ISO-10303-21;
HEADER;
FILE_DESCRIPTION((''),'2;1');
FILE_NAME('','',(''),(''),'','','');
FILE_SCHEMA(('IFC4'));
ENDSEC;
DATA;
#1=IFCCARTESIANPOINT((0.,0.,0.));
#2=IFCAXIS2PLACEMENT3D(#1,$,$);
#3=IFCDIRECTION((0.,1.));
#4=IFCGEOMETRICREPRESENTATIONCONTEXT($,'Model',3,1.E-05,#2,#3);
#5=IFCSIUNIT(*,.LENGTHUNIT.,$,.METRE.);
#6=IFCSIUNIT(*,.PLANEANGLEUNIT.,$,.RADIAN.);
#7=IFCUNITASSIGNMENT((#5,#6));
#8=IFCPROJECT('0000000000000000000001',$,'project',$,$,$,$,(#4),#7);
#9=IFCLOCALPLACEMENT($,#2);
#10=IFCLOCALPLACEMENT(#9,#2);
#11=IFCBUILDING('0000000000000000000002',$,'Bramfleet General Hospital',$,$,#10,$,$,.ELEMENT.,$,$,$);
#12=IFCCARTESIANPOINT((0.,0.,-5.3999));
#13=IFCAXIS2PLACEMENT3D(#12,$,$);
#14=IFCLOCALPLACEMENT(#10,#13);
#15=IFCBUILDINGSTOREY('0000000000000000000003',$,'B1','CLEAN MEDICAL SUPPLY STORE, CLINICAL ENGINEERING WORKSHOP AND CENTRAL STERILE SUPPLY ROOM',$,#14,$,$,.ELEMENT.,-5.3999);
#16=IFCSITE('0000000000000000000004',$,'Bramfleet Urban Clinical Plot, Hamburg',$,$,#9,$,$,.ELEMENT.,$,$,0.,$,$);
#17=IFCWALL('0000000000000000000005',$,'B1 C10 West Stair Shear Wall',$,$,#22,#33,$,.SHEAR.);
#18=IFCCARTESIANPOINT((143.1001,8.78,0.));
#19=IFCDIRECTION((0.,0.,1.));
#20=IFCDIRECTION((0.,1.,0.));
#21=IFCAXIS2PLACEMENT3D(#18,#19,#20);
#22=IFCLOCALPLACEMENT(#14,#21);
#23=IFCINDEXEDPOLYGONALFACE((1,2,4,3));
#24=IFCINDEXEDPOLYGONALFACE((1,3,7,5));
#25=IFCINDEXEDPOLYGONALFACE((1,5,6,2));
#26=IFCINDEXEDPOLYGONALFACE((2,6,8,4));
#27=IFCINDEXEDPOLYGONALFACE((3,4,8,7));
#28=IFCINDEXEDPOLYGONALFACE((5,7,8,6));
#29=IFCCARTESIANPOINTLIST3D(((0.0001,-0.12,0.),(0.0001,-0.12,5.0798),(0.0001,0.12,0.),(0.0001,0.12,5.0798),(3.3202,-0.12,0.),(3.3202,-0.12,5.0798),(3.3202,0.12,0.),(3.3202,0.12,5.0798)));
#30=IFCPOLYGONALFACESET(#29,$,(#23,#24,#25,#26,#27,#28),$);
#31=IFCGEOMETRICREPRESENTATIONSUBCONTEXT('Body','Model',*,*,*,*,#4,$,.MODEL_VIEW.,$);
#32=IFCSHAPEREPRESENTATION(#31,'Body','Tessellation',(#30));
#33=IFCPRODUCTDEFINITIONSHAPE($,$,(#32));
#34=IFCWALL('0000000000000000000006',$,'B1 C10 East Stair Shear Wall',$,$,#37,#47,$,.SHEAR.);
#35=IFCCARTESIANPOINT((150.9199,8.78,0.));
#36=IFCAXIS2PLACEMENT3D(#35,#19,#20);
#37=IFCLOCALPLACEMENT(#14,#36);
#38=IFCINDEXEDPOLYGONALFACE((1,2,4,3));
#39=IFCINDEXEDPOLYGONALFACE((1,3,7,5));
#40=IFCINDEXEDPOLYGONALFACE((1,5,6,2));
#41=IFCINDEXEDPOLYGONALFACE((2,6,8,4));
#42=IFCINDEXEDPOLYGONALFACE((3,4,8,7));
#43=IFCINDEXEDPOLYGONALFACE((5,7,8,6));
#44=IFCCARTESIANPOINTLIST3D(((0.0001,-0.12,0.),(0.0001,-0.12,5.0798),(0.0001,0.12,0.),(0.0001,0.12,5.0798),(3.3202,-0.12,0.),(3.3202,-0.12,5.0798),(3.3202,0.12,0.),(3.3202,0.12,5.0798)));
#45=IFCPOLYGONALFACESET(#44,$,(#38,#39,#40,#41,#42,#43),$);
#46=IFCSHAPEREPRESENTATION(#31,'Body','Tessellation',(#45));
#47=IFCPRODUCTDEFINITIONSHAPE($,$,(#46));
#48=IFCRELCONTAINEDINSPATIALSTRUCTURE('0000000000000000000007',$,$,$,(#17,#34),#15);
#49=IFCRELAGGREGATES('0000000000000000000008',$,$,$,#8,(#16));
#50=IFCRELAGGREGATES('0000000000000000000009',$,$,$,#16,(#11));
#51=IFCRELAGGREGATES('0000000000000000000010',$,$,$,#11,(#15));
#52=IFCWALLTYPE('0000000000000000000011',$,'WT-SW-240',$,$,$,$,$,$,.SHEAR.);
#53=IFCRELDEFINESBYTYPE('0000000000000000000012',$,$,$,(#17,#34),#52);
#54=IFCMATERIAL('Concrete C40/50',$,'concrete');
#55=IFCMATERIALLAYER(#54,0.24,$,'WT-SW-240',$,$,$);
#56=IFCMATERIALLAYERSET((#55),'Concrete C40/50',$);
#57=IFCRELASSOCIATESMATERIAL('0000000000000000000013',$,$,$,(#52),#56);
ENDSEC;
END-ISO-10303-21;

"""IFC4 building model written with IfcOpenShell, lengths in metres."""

from ifc_helpers import new_model, si_unit, direction, frame, frame_2d, origin, place, context, subcontext, project, spatial, rectangle, extrude, material, layer, layer_set, type_object, element, save


model = new_model("IFC4")

# Units and contexts
model_context = context("Model", 3, precision=1e-05, world=origin(), true_north=direction((0.0, 1.0)))
body_context = subcontext(model_context, "Body", "Model", "MODEL_VIEW")
ifc_project = project(units=[si_unit("LENGTHUNIT", "METRE"), si_unit("PLANEANGLEUNIT", "RADIAN")], contexts=[model_context])

# Site, building, storey
site_placement = place(None, origin())
site = spatial("IfcSite", under=ifc_project, at=site_placement, Name="Bramfleet Urban Clinical Plot, Hamburg", CompositionType="ELEMENT", RefElevation=0.0)
building_placement = place(site_placement, origin())
building = spatial("IfcBuilding", under=site, at=building_placement, Name="Bramfleet General Hospital", CompositionType="ELEMENT")
storey_placement = place(building_placement, frame((0.0, 0.0, -5.3999)))
storey = spatial("IfcBuildingStorey", under=building, at=storey_placement, Name="B1", Description="CLEAN MEDICAL SUPPLY STORE, CLINICAL ENGINEERING WORKSHOP AND CENTRAL STERILE SUPPLY ROOM", CompositionType="ELEMENT", Elevation=-5.3999)

# Shared definitions
ifc_material_1 = material(Name="Concrete C40/50", Category="concrete")

# Walls
ifc_layer_1 = layer(ifc_material_1, 0.24, Name="WT-SW-240")
ifc_layer_set_1 = layer_set([ifc_layer_1], Name="Concrete C40/50")
wall_type_1 = type_object("IfcWallType", Name="WT-SW-240", PredefinedType="SHEAR", material=ifc_layer_set_1)
for number, where, z_axis, x_axis, name in (
    (1, (143.1001, 8.78, 0.0), (0.0, 0.0, 1.0), (0.0, 1.0, 0.0), "B1 C10 West Stair Shear Wall"),
    (2, (150.9199, 8.78, 0.0), (0.0, 0.0, 1.0), (0.0, 1.0, 0.0), "B1 C10 East Stair Shear Wall"),
):
    element("IfcWall", number, at=place(storey_placement, frame(where, z_axis=z_axis, x_axis=x_axis)), inside=storey, type_object=wall_type_1, Name=name, PredefinedType="SHEAR", context=body_context, shape_type="SweptSolid", body=[
        extrude(rectangle(XDim=3.3201, YDim=0.24, at=frame_2d((1.6602, 0.0))), origin(), (0.0, 0.0, 1.0), 5.0798),
    ])

save(model, "model.ifc")
